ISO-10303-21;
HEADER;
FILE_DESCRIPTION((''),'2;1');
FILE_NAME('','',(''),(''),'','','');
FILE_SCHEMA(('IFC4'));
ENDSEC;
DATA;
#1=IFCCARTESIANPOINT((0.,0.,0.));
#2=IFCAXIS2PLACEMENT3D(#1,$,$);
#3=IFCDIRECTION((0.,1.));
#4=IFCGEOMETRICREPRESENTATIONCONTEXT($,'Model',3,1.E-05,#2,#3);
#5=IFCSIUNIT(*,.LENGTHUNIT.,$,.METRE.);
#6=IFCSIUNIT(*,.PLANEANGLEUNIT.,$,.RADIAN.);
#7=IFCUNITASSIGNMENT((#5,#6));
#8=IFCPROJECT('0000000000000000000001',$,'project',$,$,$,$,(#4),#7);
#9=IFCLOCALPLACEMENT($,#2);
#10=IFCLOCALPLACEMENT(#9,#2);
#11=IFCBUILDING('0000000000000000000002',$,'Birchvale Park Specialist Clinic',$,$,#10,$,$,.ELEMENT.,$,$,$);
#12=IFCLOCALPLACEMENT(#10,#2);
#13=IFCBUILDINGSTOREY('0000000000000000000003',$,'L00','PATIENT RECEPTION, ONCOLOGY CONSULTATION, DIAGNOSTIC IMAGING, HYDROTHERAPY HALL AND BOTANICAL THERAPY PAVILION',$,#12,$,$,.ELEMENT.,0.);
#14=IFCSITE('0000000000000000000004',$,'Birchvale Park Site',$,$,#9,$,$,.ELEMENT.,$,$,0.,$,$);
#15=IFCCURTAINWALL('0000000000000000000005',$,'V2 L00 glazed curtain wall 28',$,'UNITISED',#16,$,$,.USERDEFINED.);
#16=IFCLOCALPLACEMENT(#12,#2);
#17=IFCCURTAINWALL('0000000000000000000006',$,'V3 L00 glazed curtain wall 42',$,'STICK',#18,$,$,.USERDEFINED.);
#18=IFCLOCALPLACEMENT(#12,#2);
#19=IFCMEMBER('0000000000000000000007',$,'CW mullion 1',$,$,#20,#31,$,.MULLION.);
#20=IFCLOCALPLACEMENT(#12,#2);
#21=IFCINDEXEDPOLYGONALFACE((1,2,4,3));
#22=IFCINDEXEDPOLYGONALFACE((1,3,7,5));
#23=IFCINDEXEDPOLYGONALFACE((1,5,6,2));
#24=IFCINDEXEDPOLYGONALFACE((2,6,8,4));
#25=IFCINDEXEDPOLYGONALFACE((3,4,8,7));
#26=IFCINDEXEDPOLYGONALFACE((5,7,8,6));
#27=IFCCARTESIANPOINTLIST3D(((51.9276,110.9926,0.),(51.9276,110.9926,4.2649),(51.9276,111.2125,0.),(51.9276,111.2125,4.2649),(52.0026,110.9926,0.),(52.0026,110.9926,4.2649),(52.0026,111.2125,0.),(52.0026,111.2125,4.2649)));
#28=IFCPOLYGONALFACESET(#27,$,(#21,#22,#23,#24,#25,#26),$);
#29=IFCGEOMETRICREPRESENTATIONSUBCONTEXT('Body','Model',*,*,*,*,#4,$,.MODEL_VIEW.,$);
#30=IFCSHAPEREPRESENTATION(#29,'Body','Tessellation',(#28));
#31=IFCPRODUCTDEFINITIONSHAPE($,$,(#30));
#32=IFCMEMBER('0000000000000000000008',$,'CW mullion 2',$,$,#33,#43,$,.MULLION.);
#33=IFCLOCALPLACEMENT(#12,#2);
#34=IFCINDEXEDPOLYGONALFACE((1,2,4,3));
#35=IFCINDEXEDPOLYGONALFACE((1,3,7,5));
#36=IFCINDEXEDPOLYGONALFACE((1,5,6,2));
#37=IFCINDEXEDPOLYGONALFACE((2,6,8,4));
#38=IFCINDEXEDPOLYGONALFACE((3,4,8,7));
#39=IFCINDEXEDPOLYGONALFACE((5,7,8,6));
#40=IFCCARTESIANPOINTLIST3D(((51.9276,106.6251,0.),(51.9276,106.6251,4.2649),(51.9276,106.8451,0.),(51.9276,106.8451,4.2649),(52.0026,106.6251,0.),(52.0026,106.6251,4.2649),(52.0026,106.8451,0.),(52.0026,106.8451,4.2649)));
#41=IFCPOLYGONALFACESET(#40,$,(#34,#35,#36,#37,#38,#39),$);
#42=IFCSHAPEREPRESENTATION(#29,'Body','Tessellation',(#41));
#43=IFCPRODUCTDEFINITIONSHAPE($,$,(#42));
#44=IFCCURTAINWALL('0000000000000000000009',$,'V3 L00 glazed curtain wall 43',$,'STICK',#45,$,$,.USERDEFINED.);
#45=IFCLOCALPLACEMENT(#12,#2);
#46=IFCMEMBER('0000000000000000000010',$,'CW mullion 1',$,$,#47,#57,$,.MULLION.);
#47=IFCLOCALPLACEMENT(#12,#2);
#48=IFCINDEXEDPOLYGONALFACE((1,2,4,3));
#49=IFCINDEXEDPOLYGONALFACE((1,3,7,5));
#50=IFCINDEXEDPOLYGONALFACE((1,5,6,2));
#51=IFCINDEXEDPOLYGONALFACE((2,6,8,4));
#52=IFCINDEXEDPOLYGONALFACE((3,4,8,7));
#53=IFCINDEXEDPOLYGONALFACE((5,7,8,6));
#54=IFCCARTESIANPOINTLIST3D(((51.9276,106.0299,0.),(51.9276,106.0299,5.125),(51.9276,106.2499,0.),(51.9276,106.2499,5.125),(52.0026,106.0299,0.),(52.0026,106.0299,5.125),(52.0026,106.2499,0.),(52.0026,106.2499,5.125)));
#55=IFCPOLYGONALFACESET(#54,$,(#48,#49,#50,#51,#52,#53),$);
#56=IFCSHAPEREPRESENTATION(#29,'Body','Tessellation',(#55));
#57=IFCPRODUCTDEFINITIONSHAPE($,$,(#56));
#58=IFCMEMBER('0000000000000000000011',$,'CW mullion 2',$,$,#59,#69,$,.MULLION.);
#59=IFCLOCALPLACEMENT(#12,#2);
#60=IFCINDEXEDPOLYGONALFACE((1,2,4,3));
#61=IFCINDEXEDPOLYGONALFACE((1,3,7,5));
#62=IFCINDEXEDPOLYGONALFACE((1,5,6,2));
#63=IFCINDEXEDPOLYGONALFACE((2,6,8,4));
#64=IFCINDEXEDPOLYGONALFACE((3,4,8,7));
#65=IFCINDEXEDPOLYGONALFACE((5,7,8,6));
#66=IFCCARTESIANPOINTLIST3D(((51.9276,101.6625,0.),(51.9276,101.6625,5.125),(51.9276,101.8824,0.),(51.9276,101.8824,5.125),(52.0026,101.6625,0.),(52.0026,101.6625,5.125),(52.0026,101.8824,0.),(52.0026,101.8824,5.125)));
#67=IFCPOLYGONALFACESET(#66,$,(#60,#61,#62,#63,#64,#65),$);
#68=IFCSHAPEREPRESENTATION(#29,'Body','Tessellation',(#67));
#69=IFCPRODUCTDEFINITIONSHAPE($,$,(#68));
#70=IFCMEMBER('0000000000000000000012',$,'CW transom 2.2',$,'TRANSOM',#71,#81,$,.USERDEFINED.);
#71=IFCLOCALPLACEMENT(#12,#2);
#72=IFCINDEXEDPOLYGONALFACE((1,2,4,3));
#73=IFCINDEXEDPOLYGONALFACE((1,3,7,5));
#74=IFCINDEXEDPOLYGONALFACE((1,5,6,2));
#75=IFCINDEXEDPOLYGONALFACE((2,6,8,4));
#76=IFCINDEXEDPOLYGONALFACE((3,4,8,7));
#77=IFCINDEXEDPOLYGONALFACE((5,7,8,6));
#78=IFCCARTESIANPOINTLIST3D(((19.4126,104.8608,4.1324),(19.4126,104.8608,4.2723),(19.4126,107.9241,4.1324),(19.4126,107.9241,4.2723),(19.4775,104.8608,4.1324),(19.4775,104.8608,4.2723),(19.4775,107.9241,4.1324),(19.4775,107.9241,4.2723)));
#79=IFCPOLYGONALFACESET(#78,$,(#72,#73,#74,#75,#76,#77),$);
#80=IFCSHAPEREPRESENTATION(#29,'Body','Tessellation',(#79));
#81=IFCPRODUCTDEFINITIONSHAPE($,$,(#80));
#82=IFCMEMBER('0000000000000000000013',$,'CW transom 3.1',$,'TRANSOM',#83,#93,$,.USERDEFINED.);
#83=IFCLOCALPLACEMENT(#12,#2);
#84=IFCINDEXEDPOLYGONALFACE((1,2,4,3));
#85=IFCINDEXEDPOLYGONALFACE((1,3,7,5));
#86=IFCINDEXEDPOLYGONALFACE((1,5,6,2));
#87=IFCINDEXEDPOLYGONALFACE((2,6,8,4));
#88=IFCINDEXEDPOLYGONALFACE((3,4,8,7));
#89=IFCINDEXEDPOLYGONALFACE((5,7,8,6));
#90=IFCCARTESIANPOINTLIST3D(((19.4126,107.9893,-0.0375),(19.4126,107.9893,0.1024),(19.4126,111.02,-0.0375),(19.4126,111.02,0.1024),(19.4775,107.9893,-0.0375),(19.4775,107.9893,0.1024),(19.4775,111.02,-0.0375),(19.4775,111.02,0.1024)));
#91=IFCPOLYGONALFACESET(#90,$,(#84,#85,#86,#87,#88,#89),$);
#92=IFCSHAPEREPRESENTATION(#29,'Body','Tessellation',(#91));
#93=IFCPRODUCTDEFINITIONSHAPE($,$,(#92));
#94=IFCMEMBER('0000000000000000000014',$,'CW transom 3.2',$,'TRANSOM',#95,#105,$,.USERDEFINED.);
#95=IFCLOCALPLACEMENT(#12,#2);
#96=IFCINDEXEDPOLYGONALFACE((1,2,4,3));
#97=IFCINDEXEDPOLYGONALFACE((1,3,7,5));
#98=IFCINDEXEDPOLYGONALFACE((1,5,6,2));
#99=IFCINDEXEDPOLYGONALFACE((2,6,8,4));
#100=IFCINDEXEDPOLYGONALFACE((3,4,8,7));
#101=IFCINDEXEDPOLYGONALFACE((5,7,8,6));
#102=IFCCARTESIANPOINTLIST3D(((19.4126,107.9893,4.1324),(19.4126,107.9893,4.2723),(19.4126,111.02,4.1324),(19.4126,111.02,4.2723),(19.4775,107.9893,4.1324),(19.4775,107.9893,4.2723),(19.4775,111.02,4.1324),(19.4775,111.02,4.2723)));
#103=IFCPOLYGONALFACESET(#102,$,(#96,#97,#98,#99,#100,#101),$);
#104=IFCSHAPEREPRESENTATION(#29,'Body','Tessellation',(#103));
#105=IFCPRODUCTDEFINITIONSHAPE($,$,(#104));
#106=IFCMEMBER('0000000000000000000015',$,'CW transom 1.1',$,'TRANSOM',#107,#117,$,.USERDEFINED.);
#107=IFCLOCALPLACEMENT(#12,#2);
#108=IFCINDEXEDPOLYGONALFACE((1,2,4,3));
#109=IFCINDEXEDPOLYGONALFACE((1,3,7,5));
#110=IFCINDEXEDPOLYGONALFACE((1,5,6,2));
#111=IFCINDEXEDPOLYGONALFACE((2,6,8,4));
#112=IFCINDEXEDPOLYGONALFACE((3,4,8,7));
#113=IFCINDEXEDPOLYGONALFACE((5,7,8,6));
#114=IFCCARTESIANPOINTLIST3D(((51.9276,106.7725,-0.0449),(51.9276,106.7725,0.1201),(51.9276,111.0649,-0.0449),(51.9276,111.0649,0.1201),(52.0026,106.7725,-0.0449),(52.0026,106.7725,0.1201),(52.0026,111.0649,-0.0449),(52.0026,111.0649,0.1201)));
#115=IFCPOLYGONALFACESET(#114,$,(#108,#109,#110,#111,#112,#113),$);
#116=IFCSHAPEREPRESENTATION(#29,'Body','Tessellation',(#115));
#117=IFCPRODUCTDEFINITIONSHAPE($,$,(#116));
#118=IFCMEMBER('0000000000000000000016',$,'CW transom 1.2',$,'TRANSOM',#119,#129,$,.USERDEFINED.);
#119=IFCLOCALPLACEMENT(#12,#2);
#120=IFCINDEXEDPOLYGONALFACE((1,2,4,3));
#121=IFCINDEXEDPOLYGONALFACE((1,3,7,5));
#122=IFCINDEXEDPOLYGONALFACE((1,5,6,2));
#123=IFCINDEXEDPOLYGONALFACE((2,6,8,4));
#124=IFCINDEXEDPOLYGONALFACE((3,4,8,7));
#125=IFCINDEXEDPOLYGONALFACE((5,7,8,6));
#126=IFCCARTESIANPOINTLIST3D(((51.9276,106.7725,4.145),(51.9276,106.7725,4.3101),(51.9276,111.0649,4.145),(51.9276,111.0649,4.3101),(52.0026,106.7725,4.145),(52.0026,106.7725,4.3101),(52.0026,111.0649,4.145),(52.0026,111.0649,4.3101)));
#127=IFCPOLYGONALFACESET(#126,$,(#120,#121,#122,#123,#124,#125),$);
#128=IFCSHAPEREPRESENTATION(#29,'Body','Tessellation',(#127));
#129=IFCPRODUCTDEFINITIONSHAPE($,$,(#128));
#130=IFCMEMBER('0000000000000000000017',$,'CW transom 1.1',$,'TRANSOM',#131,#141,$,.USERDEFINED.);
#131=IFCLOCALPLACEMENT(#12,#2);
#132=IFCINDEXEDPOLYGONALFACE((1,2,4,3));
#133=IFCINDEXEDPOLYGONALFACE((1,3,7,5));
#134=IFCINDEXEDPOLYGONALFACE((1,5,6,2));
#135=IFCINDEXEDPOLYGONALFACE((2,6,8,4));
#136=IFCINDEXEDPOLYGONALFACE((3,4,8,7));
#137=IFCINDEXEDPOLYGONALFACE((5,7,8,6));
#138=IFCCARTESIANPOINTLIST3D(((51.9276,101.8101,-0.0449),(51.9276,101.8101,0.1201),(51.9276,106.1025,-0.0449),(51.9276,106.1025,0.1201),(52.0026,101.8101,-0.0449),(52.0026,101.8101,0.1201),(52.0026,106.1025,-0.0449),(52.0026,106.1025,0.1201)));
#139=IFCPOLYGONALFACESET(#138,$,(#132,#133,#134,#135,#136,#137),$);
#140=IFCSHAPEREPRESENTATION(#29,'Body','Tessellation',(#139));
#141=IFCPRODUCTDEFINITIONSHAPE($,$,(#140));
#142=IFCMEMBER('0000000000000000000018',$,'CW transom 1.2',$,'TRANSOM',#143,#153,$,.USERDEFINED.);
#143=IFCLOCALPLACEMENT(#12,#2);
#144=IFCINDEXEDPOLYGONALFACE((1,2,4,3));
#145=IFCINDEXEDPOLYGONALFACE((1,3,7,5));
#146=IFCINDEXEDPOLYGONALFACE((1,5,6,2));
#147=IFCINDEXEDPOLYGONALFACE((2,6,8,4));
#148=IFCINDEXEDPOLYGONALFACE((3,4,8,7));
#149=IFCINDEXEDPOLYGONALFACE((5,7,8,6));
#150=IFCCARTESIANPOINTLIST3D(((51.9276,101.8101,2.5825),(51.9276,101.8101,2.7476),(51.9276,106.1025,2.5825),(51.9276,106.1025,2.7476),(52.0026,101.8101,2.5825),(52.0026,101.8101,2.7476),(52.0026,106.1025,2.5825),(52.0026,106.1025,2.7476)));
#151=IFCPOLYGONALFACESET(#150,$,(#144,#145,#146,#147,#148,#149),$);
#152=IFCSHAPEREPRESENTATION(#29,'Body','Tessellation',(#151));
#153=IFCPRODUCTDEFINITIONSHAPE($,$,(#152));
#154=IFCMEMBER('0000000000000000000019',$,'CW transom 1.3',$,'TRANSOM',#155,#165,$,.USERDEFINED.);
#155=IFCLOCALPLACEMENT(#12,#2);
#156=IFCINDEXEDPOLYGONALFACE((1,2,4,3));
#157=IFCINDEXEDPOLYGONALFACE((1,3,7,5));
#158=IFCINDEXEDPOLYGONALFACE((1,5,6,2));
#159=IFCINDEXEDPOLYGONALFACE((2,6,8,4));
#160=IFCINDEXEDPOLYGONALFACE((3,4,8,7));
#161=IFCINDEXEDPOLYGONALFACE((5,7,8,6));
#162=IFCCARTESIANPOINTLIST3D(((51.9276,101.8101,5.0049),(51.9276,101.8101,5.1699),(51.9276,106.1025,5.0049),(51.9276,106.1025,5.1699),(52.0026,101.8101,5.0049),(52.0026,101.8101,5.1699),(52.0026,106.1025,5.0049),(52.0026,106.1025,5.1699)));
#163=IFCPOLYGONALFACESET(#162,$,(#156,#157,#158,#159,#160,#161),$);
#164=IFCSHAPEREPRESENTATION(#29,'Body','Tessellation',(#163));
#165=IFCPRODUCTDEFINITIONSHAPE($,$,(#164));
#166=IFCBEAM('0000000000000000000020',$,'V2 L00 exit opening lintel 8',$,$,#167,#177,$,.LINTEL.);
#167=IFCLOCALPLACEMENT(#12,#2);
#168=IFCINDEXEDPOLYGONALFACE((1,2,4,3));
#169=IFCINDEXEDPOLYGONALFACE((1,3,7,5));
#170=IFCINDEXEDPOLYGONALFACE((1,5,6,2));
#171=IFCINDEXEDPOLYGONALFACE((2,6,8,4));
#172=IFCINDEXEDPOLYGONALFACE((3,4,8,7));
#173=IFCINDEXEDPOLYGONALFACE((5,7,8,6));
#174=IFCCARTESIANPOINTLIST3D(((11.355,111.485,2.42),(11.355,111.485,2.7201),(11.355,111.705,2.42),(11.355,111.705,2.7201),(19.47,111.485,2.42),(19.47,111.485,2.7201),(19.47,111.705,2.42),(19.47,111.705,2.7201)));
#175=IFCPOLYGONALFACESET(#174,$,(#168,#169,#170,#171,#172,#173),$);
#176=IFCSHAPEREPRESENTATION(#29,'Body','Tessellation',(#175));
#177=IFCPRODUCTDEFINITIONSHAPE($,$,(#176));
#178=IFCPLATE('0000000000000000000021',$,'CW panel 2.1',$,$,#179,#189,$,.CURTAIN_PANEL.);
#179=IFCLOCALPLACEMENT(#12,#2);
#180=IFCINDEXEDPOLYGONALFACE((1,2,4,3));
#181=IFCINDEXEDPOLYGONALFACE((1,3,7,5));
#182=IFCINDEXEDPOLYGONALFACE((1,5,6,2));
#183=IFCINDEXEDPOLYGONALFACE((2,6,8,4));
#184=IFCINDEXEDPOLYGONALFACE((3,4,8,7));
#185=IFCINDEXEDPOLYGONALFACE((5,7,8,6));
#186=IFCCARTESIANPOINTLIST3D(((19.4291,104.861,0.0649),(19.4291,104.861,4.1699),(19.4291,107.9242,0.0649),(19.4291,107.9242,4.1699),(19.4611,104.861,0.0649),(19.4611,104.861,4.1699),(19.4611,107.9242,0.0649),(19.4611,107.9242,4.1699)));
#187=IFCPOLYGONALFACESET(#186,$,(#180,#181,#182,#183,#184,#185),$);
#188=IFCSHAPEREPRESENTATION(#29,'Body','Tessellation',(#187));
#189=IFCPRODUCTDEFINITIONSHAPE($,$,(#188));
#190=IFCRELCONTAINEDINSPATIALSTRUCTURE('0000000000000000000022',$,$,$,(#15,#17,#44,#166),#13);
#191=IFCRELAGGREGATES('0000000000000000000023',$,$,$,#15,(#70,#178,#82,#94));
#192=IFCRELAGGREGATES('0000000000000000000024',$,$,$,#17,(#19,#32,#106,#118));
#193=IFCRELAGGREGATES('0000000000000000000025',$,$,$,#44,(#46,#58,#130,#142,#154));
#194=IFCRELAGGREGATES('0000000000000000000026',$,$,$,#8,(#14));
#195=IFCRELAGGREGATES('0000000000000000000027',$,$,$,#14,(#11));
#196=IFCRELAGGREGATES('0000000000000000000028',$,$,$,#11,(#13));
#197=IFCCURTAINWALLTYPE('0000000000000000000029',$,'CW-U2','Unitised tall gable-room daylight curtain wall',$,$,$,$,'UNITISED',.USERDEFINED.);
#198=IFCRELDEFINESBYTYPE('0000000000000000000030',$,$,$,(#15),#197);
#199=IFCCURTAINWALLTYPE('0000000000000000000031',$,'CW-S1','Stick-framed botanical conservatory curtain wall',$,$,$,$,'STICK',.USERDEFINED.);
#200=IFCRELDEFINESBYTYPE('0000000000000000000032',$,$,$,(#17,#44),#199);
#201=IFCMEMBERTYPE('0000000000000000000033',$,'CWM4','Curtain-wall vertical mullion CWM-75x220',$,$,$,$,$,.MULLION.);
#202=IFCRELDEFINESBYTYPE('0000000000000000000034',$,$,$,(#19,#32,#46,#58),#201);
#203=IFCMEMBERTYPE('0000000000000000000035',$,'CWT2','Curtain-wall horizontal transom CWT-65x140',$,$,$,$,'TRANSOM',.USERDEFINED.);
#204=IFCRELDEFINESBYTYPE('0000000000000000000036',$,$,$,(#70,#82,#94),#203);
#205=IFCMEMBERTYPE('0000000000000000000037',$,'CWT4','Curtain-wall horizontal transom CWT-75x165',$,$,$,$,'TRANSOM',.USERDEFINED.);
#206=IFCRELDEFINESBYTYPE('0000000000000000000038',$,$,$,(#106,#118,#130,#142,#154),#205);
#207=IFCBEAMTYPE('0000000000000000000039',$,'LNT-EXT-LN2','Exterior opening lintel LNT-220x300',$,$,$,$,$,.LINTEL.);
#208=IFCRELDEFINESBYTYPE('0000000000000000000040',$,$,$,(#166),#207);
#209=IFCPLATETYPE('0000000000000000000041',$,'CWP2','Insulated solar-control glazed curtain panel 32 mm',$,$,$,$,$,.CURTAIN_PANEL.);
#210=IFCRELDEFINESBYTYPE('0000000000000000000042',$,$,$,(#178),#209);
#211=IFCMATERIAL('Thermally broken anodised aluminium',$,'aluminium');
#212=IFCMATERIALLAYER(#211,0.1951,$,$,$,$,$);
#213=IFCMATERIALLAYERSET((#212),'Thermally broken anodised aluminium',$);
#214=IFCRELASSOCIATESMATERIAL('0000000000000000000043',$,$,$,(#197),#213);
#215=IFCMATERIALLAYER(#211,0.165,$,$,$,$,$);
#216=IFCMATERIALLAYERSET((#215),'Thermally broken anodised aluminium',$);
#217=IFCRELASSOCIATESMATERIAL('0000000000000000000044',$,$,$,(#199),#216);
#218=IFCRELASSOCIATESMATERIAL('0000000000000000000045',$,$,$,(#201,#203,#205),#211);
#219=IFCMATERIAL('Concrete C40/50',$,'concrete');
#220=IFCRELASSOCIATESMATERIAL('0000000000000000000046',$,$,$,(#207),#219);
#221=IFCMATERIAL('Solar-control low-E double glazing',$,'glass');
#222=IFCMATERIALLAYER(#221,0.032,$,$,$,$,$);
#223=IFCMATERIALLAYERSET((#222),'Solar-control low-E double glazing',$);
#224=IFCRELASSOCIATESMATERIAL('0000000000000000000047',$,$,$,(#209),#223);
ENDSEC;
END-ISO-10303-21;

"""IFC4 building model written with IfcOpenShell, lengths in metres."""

from ifc_helpers import new_model, si_unit, direction, frame, origin, origin_2d, place, context, subcontext, project, spatial, rectangle, extrude, material, layer, layer_set, material_profile, profile_set, type_object, element, aggregate, save


model = new_model("IFC4")

# Units and contexts
model_context = context("Model", 3, precision=1e-05, world=origin(), true_north=direction((0.0, 1.0)))
body_context = subcontext(model_context, "Body", "Model", "MODEL_VIEW")
ifc_project = project(units=[si_unit("LENGTHUNIT", "METRE"), si_unit("PLANEANGLEUNIT", "RADIAN")], contexts=[model_context])

# Site, building, storey
site_placement = place(None, origin())
site = spatial("IfcSite", under=ifc_project, at=site_placement, Name="Birchvale Park Site", CompositionType="ELEMENT", RefElevation=0.0)
building_placement = place(site_placement, origin())
building = spatial("IfcBuilding", under=site, at=building_placement, Name="Birchvale Park Specialist Clinic", CompositionType="ELEMENT")
storey_placement = place(building_placement, origin())
storey = spatial("IfcBuildingStorey", under=building, at=storey_placement, Name="L00", Description="PATIENT RECEPTION, ONCOLOGY CONSULTATION, DIAGNOSTIC IMAGING, HYDROTHERAPY HALL AND BOTANICAL THERAPY PAVILION", CompositionType="ELEMENT", Elevation=0.0)

# Shared definitions
ifc_material_1 = material(Name="Concrete C40/50", Category="concrete")

# Curtain walls, members
ifc_material_2 = material(Name="Thermally broken anodised aluminium", Category="aluminium")
ifc_layer_1 = layer(ifc_material_2, 0.1951)
ifc_layer_set_1 = layer_set([ifc_layer_1], Name="Thermally broken anodised aluminium")
curtain_wall_type_1 = type_object("IfcCurtainWallType", Name="CW-U2", Description="Unitised tall gable-room daylight curtain wall", ElementType="UNITISED", PredefinedType="USERDEFINED", material=ifc_layer_set_1)
curtain_wall_1_placement = place(storey_placement, origin())
curtain_wall_1 = element("IfcCurtainWall", 1, at=curtain_wall_1_placement, inside=storey, type_object=curtain_wall_type_1, Name="V2 L00 glazed curtain wall 28", ObjectType="UNITISED", PredefinedType="USERDEFINED")
ifc_layer_2 = layer(ifc_material_2, 0.165)
ifc_layer_set_2 = layer_set([ifc_layer_2], Name="Thermally broken anodised aluminium")
curtain_wall_type_2 = type_object("IfcCurtainWallType", Name="CW-S1", Description="Stick-framed botanical conservatory curtain wall", ElementType="STICK", PredefinedType="USERDEFINED", material=ifc_layer_set_2)
curtain_wall_2_placement = place(storey_placement, origin())
curtain_wall_2 = element("IfcCurtainWall", 2, at=curtain_wall_2_placement, inside=storey, type_object=curtain_wall_type_2, Name="V3 L00 glazed curtain wall 42", ObjectType="STICK", PredefinedType="USERDEFINED")
ifc_material_profile_1 = material_profile(ifc_material_2, rectangle(XDim=0.075, YDim=0.22, at=origin_2d()), Name="CWM-75x220")
ifc_profile_set_1 = profile_set([ifc_material_profile_1], Name="Thermally broken anodised aluminium")
member_type_1 = type_object("IfcMemberType", Name="CWM4", Description="Curtain-wall vertical mullion CWM-75x220", PredefinedType="MULLION", material=ifc_profile_set_1)
member_1_placement = place(storey_placement, frame((51.9651, 111.1025, 0.0), z_axis=(0.0, 0.0, 1.0), x_axis=(1.0, 0.0, 0.0)))
member_1 = element("IfcMember", 3, at=member_1_placement, type_object=member_type_1, Name="CW mullion 1", PredefinedType="MULLION", context=body_context, shape_type="SweptSolid", body=[
    extrude(rectangle(XDim=0.075, YDim=0.22, at=origin_2d()), origin(), (0.0, 0.0, 1.0), 4.2649),
])
member_2_placement = place(storey_placement, frame((51.9651, 106.7351, 0.0), z_axis=(0.0, 0.0, 1.0), x_axis=(1.0, 0.0, 0.0)))
member_2 = element("IfcMember", 4, at=member_2_placement, type_object=member_type_1, Name="CW mullion 2", PredefinedType="MULLION", context=body_context, shape_type="SweptSolid", body=[
    extrude(rectangle(XDim=0.075, YDim=0.22, at=origin_2d()), origin(), (0.0, 0.0, 1.0), 4.2649),
])
curtain_wall_3_placement = place(storey_placement, origin())
curtain_wall_3 = element("IfcCurtainWall", 5, at=curtain_wall_3_placement, inside=storey, type_object=curtain_wall_type_2, Name="V3 L00 glazed curtain wall 43", ObjectType="STICK", PredefinedType="USERDEFINED")
member_3_placement = place(storey_placement, frame((51.9651, 106.1399, 0.0), z_axis=(0.0, 0.0, 1.0), x_axis=(1.0, 0.0, 0.0)))
member_3 = element("IfcMember", 6, at=member_3_placement, type_object=member_type_1, Name="CW mullion 1", PredefinedType="MULLION", context=body_context, shape_type="SweptSolid", body=[
    extrude(rectangle(XDim=0.075, YDim=0.22, at=origin_2d()), origin(), (0.0, 0.0, 1.0), 5.125),
])
member_4_placement = place(storey_placement, frame((51.9651, 101.7725, 0.0), z_axis=(0.0, 0.0, 1.0), x_axis=(1.0, 0.0, 0.0)))
member_4 = element("IfcMember", 7, at=member_4_placement, type_object=member_type_1, Name="CW mullion 2", PredefinedType="MULLION", context=body_context, shape_type="SweptSolid", body=[
    extrude(rectangle(XDim=0.075, YDim=0.22, at=origin_2d()), origin(), (0.0, 0.0, 1.0), 5.125),
])

# Members
ifc_material_profile_2 = material_profile(ifc_material_2, rectangle(XDim=0.0649, YDim=0.1399, at=origin_2d()), Name="CWT-65x140")
ifc_profile_set_2 = profile_set([ifc_material_profile_2], Name="Thermally broken anodised aluminium")
member_type_2 = type_object("IfcMemberType", Name="CWT2", Description="Curtain-wall horizontal transom CWT-65x140", ElementType="TRANSOM", PredefinedType="USERDEFINED", material=ifc_profile_set_2)
member_5_placement = place(storey_placement, frame((19.4451, 104.8608, 4.2024), z_axis=(0.0, 1.0, 0.0), x_axis=(-1.0, 0.0, 0.0)))
member_5 = element("IfcMember", 8, at=member_5_placement, type_object=member_type_2, Name="CW transom 2.2", ObjectType="TRANSOM", PredefinedType="USERDEFINED", context=body_context, shape_type="SweptSolid", body=[
    extrude(rectangle(XDim=0.0649, YDim=0.1399, at=origin_2d()), origin(), (0.0, 0.0, 1.0), 3.0632),
])
member_6_placement = place(storey_placement, frame((19.4451, 107.9893, 0.0325), z_axis=(0.0, 1.0, 0.0), x_axis=(-1.0, 0.0, 0.0)))
member_6 = element("IfcMember", 9, at=member_6_placement, type_object=member_type_2, Name="CW transom 3.1", ObjectType="TRANSOM", PredefinedType="USERDEFINED", context=body_context, shape_type="SweptSolid", body=[
    extrude(rectangle(XDim=0.0649, YDim=0.1399, at=origin_2d()), origin(), (0.0, 0.0, 1.0), 3.0308),
])
member_7_placement = place(storey_placement, frame((19.4451, 107.9893, 4.2024), z_axis=(0.0, 1.0, 0.0), x_axis=(-1.0, 0.0, 0.0)))
member_7 = element("IfcMember", 10, at=member_7_placement, type_object=member_type_2, Name="CW transom 3.2", ObjectType="TRANSOM", PredefinedType="USERDEFINED", context=body_context, shape_type="SweptSolid", body=[
    extrude(rectangle(XDim=0.0649, YDim=0.1399, at=origin_2d()), origin(), (0.0, 0.0, 1.0), 3.0308),
])
ifc_material_profile_3 = material_profile(ifc_material_2, rectangle(XDim=0.075, YDim=0.165, at=origin_2d()), Name="CWT-75x165")
ifc_profile_set_3 = profile_set([ifc_material_profile_3], Name="Thermally broken anodised aluminium")
member_type_3 = type_object("IfcMemberType", Name="CWT4", Description="Curtain-wall horizontal transom CWT-75x165", ElementType="TRANSOM", PredefinedType="USERDEFINED", material=ifc_profile_set_3)
member_8_placement = place(storey_placement, frame((51.9651, 111.0649, 0.0376), z_axis=(0.0, -1.0, 0.0), x_axis=(1.0, 0.0, 0.0)))
member_8 = element("IfcMember", 11, at=member_8_placement, type_object=member_type_3, Name="CW transom 1.1", ObjectType="TRANSOM", PredefinedType="USERDEFINED", context=body_context, shape_type="SweptSolid", body=[
    extrude(rectangle(XDim=0.075, YDim=0.165, at=origin_2d()), origin(), (0.0, 0.0, 1.0), 4.2925),
])
member_9_placement = place(storey_placement, frame((51.9651, 111.0649, 4.2275), z_axis=(0.0, -1.0, 0.0), x_axis=(1.0, 0.0, 0.0)))
member_9 = element("IfcMember", 12, at=member_9_placement, type_object=member_type_3, Name="CW transom 1.2", ObjectType="TRANSOM", PredefinedType="USERDEFINED", context=body_context, shape_type="SweptSolid", body=[
    extrude(rectangle(XDim=0.075, YDim=0.165, at=origin_2d()), origin(), (0.0, 0.0, 1.0), 4.2925),
])
member_10_placement = place(storey_placement, frame((51.9651, 106.1025, 0.0376), z_axis=(0.0, -1.0, 0.0), x_axis=(1.0, 0.0, 0.0)))
member_10 = element("IfcMember", 13, at=member_10_placement, type_object=member_type_3, Name="CW transom 1.1", ObjectType="TRANSOM", PredefinedType="USERDEFINED", context=body_context, shape_type="SweptSolid", body=[
    extrude(rectangle(XDim=0.075, YDim=0.165, at=origin_2d()), origin(), (0.0, 0.0, 1.0), 4.2925),
])
member_11_placement = place(storey_placement, frame((51.9651, 106.1025, 2.665), z_axis=(0.0, -1.0, 0.0), x_axis=(1.0, 0.0, 0.0)))
member_11 = element("IfcMember", 14, at=member_11_placement, type_object=member_type_3, Name="CW transom 1.2", ObjectType="TRANSOM", PredefinedType="USERDEFINED", context=body_context, shape_type="SweptSolid", body=[
    extrude(rectangle(XDim=0.075, YDim=0.165, at=origin_2d()), origin(), (0.0, 0.0, 1.0), 4.2925),
])
member_12_placement = place(storey_placement, frame((51.9651, 106.1025, 5.0874), z_axis=(0.0, -1.0, 0.0), x_axis=(1.0, 0.0, 0.0)))
member_12 = element("IfcMember", 15, at=member_12_placement, type_object=member_type_3, Name="CW transom 1.3", ObjectType="TRANSOM", PredefinedType="USERDEFINED", context=body_context, shape_type="SweptSolid", body=[
    extrude(rectangle(XDim=0.075, YDim=0.165, at=origin_2d()), origin(), (0.0, 0.0, 1.0), 4.2925),
])

# Beam
ifc_material_profile_4 = material_profile(ifc_material_1, rectangle(XDim=0.22, YDim=0.3, at=origin_2d()), Name="LNT-220x300")
ifc_profile_set_4 = profile_set([ifc_material_profile_4], Name="Concrete C40/50")
beam_type = type_object("IfcBeamType", Name="LNT-EXT-LN2", Description="Exterior opening lintel LNT-220x300", PredefinedType="LINTEL", material=ifc_profile_set_4)
beam_placement = place(storey_placement, frame((19.47, 111.595, 2.5701), z_axis=(-1.0, 0.0, 0.0), x_axis=(0.0, -1.0, 0.0)))
element("IfcBeam", 16, at=beam_placement, inside=storey, type_object=beam_type, Name="V2 L00 exit opening lintel 8", PredefinedType="LINTEL", context=body_context, shape_type="SweptSolid", body=[
    extrude(rectangle(XDim=0.22, YDim=0.3, at=origin_2d()), origin(), (0.0, 0.0, 1.0), 8.115),
])

# Plate
ifc_material_3 = material(Name="Solar-control low-E double glazing", Category="glass")
ifc_layer_3 = layer(ifc_material_3, 0.032)
ifc_layer_set_3 = layer_set([ifc_layer_3], Name="Solar-control low-E double glazing")
plate_type_1 = type_object("IfcPlateType", Name="CWP2", Description="Insulated solar-control glazed curtain panel 32 mm", PredefinedType="CURTAIN_PANEL", material=ifc_layer_set_3)
plate_1_placement = place(storey_placement, frame((19.4451, 106.3926, 0.0649), z_axis=(0.0, 0.0, 1.0), x_axis=(0.0, 1.0, 0.0)))
plate_1 = element("IfcPlate", 17, at=plate_1_placement, type_object=plate_type_1, Name="CW panel 2.1", PredefinedType="CURTAIN_PANEL", context=body_context, shape_type="SweptSolid", body=[
    extrude(rectangle(XDim=3.0632, YDim=0.032, at=origin_2d()), origin(), (0.0, 0.0, 1.0), 4.105),
])
aggregate(curtain_wall_1, [member_5, plate_1, member_6, member_7])
aggregate(curtain_wall_2, [member_1, member_2, member_8, member_9])
aggregate(curtain_wall_3, [member_3, member_4, member_10, member_11, member_12])

save(model, "model.ifc")
